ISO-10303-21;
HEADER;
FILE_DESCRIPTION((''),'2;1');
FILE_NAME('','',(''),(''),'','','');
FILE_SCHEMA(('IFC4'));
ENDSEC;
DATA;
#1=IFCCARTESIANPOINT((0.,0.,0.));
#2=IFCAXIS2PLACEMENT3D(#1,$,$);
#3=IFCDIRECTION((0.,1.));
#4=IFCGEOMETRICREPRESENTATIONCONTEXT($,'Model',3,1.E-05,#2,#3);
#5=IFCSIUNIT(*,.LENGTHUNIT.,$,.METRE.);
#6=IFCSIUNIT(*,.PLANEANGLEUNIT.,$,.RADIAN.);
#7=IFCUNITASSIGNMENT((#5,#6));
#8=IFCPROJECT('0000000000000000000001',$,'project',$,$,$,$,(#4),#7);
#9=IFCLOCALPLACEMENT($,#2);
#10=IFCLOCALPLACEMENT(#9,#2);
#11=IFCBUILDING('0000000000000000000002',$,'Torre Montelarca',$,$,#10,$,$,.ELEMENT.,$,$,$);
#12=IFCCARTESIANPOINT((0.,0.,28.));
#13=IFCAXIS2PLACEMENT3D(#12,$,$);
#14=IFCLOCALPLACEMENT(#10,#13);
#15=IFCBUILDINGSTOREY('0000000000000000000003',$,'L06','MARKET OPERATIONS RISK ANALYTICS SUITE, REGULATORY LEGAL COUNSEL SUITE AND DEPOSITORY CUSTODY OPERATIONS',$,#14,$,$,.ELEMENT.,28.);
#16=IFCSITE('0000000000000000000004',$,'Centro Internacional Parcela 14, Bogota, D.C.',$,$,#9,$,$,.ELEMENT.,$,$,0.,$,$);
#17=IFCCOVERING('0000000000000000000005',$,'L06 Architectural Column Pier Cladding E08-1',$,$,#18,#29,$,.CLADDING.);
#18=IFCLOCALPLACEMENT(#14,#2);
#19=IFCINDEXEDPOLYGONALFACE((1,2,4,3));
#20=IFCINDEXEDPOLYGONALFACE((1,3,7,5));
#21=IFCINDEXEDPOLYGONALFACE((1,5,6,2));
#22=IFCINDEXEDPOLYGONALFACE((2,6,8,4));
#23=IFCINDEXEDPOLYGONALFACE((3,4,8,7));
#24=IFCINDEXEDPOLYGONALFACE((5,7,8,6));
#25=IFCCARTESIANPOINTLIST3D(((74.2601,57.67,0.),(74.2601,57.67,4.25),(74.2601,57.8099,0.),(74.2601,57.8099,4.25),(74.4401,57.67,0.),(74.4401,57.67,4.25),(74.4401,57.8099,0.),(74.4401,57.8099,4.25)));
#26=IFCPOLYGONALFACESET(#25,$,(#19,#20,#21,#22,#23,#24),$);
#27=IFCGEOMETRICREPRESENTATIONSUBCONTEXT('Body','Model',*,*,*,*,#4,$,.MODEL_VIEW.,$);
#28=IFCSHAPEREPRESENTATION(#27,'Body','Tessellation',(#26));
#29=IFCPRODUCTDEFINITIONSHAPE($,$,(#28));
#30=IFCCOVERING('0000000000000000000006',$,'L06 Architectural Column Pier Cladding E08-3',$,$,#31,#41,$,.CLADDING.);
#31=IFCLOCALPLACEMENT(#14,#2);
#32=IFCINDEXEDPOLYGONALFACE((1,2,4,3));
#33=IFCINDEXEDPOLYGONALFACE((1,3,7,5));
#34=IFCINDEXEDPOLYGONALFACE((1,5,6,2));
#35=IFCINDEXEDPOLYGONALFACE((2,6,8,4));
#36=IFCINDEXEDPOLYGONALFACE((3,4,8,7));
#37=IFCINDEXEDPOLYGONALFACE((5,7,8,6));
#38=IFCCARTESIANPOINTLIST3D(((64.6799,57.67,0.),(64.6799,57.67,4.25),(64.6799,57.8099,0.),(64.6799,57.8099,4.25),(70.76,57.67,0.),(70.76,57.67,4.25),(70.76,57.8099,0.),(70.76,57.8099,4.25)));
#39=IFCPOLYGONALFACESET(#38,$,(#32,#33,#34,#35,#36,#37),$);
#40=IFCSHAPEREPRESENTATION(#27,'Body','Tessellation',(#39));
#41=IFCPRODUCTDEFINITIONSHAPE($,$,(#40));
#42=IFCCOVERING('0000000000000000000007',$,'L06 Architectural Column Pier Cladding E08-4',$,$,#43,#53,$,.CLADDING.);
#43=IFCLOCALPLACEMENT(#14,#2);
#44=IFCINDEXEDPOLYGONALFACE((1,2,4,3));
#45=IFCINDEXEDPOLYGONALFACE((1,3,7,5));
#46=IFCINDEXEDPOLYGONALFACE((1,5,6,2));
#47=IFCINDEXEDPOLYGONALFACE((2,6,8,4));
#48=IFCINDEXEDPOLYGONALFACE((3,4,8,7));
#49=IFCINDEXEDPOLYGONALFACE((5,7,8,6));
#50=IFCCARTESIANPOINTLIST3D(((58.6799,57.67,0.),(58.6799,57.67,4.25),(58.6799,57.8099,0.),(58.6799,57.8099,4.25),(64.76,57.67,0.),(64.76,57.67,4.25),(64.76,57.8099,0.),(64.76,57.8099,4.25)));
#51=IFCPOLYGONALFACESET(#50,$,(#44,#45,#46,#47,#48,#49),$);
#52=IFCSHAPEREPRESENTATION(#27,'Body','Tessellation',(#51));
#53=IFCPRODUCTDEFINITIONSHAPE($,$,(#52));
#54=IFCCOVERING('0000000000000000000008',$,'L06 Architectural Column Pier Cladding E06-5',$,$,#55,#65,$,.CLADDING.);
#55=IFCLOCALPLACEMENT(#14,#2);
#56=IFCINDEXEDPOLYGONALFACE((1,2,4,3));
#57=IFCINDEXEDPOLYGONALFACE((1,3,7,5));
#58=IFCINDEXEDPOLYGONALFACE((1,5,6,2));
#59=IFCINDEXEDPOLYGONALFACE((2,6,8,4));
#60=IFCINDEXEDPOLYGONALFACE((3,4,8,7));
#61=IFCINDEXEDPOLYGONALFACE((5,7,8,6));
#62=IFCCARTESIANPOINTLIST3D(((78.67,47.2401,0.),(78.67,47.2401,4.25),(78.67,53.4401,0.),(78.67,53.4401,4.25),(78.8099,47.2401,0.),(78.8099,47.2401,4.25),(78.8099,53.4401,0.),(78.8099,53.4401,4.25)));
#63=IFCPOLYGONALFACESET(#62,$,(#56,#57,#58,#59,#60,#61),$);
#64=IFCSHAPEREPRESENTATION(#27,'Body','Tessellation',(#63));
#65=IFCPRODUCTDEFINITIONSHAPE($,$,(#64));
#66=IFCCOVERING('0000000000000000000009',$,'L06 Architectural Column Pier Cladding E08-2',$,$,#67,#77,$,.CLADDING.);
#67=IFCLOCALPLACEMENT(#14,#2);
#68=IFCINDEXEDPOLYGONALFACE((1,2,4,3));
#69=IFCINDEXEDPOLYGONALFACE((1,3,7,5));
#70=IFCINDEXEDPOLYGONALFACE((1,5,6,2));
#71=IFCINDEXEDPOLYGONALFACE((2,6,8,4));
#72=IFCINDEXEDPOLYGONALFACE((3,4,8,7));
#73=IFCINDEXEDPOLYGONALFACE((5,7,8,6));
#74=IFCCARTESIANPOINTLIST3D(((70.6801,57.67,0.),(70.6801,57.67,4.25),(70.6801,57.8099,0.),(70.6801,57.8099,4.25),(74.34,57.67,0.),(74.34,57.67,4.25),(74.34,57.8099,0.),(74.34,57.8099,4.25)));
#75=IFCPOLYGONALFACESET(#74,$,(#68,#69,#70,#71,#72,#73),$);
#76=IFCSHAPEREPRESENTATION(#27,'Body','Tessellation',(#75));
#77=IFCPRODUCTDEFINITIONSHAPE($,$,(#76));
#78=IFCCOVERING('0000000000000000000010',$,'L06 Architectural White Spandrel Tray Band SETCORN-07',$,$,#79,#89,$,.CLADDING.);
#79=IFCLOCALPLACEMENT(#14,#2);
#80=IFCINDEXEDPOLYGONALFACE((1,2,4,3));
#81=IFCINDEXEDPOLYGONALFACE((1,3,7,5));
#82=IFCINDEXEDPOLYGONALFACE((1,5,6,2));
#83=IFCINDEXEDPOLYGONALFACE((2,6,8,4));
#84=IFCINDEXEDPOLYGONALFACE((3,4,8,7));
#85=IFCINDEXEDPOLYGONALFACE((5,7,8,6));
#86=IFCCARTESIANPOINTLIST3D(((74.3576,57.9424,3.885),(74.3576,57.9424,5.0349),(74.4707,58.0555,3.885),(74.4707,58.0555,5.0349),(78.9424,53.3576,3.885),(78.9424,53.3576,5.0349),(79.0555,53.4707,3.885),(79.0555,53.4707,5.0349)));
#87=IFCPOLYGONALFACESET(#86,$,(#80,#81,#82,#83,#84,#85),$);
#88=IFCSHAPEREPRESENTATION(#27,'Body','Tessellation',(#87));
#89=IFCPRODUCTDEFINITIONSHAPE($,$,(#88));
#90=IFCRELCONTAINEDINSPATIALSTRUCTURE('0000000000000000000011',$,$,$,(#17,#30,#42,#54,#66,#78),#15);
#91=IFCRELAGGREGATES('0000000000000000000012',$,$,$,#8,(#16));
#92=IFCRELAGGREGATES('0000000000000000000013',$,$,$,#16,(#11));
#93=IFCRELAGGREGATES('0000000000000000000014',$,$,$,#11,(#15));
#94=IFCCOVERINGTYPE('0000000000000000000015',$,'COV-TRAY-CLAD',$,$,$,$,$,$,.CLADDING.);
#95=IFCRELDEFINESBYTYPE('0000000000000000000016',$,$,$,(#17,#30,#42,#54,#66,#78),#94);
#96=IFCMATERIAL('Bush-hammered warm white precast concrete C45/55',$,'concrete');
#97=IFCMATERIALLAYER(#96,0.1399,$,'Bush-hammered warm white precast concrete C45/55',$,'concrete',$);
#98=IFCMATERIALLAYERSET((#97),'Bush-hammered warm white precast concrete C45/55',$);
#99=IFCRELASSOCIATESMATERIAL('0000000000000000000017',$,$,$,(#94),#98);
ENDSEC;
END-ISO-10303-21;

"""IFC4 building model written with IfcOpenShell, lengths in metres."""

from ifc_helpers import new_model, si_unit, direction, frame, origin, origin_2d, place, context, subcontext, project, spatial, rectangle, extrude, source, transform, mapped, material, layer, layer_set, type_object, element, save


model = new_model("IFC4")

# Units and contexts
model_context = context("Model", 3, precision=1e-05, world=origin(), true_north=direction((0.0, 1.0)))
body_context = subcontext(model_context, "Body", "Model", "MODEL_VIEW")
ifc_project = project(units=[si_unit("LENGTHUNIT", "METRE"), si_unit("PLANEANGLEUNIT", "RADIAN")], contexts=[model_context])

# Site, building, storey
site_placement = place(None, origin())
site = spatial("IfcSite", under=ifc_project, at=site_placement, Name="Centro Internacional Parcela 14, Bogota, D.C.", CompositionType="ELEMENT", RefElevation=0.0)
building_placement = place(site_placement, origin())
building = spatial("IfcBuilding", under=site, at=building_placement, Name="Torre Montelarca", CompositionType="ELEMENT")
storey_placement = place(building_placement, frame((0.0, 0.0, 28.0)))
storey = spatial("IfcBuildingStorey", under=building, at=storey_placement, Name="L06", Description="MARKET OPERATIONS RISK ANALYTICS SUITE, REGULATORY LEGAL COUNSEL SUITE AND DEPOSITORY CUSTODY OPERATIONS", CompositionType="ELEMENT", Elevation=28.0)

# Coverings
ifc_material_1 = material(Name="Bush-hammered warm white precast concrete C45/55", Category="concrete")
ifc_layer_1 = layer(ifc_material_1, 0.1399, Name="Bush-hammered warm white precast concrete C45/55", Category="concrete")
ifc_layer_set_1 = layer_set([ifc_layer_1], Name="Bush-hammered warm white precast concrete C45/55")
covering_type = type_object("IfcCoveringType", Name="COV-TRAY-CLAD", PredefinedType="CLADDING", material=ifc_layer_set_1)
shared_shape_1 = source(origin(), body_context, "Body", "SweptSolid", [
    extrude(rectangle(XDim=0.1799, YDim=0.1399, at=origin_2d()), origin(), (0.0, 0.0, 1.0), 4.25),
])
covering_1_placement = place(storey_placement, frame((74.3501, 57.74, 0.0), z_axis=(0.0, 0.0, 1.0), x_axis=(-1.0, 0.0, 0.0)))
element("IfcCovering", 1, at=covering_1_placement, inside=storey, type_object=covering_type, Name="L06 Architectural Column Pier Cladding E08-1", PredefinedType="CLADDING", context=body_context, shape_type="MappedRepresentation", body=[
    mapped(shared_shape_1, transform((0.0, 0.0, 0.0), scale=1.0)),
])
shared_shape_2 = source(origin(), body_context, "Body", "SweptSolid", [
    extrude(rectangle(XDim=6.0801, YDim=0.1399, at=origin_2d()), origin(), (0.0, 0.0, 1.0), 4.25),
])
for number, where, z_axis, x_axis, name in (
    (2, (67.72, 57.74, 0.0), (0.0, 0.0, 1.0), (-1.0, 0.0, 0.0), "L06 Architectural Column Pier Cladding E08-3"),
    (3, (61.72, 57.74, 0.0), (0.0, 0.0, 1.0), (-1.0, 0.0, 0.0), "L06 Architectural Column Pier Cladding E08-4"),
):
    element("IfcCovering", number, at=place(storey_placement, frame(where, z_axis=z_axis, x_axis=x_axis)), inside=storey, type_object=covering_type, Name=name, PredefinedType="CLADDING", context=body_context, shape_type="MappedRepresentation", body=[
        mapped(shared_shape_2, transform((0.0, 0.0, 0.0), scale=1.0)),
    ])
shared_shape_3 = source(origin(), body_context, "Body", "SweptSolid", [
    extrude(rectangle(XDim=6.2, YDim=0.1399, at=origin_2d()), origin(), (0.0, 0.0, 1.0), 4.25),
])
covering_2_placement = place(storey_placement, frame((78.74, 50.3401, 0.0), z_axis=(0.0, 0.0, 1.0), x_axis=(0.0, 1.0, 0.0)))
element("IfcCovering", 4, at=covering_2_placement, inside=storey, type_object=covering_type, Name="L06 Architectural Column Pier Cladding E06-5", PredefinedType="CLADDING", context=body_context, shape_type="MappedRepresentation", body=[
    mapped(shared_shape_3, transform((0.0, 0.0, 0.0), scale=1.0)),
])
shared_shape_4 = source(origin(), body_context, "Body", "SweptSolid", [
    extrude(rectangle(XDim=3.6599, YDim=0.1399, at=origin_2d()), origin(), (0.0, 0.0, 1.0), 4.25),
])
covering_3_placement = place(storey_placement, frame((72.51, 57.74, 0.0), z_axis=(0.0, 0.0, 1.0), x_axis=(-1.0, 0.0, 0.0)))
element("IfcCovering", 5, at=covering_3_placement, inside=storey, type_object=covering_type, Name="L06 Architectural Column Pier Cladding E08-2", PredefinedType="CLADDING", context=body_context, shape_type="MappedRepresentation", body=[
    mapped(shared_shape_4, transform((0.0, 0.0, 0.0), scale=1.0)),
])
shared_shape_5 = source(origin(), body_context, "Body", "SweptSolid", [
    extrude(rectangle(XDim=6.4839, YDim=0.1599, at=origin_2d()), origin(), (0.0, 0.0, 1.0), 1.1499),
])
covering_4_placement = place(storey_placement, frame((76.7065, 55.7065, 3.885), z_axis=(0.0, 0.0, 1.0), x_axis=(-0.707107, 0.707107, 0.0)))
element("IfcCovering", 6, at=covering_4_placement, inside=storey, type_object=covering_type, Name="L06 Architectural White Spandrel Tray Band SETCORN-07", PredefinedType="CLADDING", context=body_context, shape_type="MappedRepresentation", body=[
    mapped(shared_shape_5, transform((0.0, 0.0, 0.0), scale=1.0)),
])

save(model, "model.ifc")
